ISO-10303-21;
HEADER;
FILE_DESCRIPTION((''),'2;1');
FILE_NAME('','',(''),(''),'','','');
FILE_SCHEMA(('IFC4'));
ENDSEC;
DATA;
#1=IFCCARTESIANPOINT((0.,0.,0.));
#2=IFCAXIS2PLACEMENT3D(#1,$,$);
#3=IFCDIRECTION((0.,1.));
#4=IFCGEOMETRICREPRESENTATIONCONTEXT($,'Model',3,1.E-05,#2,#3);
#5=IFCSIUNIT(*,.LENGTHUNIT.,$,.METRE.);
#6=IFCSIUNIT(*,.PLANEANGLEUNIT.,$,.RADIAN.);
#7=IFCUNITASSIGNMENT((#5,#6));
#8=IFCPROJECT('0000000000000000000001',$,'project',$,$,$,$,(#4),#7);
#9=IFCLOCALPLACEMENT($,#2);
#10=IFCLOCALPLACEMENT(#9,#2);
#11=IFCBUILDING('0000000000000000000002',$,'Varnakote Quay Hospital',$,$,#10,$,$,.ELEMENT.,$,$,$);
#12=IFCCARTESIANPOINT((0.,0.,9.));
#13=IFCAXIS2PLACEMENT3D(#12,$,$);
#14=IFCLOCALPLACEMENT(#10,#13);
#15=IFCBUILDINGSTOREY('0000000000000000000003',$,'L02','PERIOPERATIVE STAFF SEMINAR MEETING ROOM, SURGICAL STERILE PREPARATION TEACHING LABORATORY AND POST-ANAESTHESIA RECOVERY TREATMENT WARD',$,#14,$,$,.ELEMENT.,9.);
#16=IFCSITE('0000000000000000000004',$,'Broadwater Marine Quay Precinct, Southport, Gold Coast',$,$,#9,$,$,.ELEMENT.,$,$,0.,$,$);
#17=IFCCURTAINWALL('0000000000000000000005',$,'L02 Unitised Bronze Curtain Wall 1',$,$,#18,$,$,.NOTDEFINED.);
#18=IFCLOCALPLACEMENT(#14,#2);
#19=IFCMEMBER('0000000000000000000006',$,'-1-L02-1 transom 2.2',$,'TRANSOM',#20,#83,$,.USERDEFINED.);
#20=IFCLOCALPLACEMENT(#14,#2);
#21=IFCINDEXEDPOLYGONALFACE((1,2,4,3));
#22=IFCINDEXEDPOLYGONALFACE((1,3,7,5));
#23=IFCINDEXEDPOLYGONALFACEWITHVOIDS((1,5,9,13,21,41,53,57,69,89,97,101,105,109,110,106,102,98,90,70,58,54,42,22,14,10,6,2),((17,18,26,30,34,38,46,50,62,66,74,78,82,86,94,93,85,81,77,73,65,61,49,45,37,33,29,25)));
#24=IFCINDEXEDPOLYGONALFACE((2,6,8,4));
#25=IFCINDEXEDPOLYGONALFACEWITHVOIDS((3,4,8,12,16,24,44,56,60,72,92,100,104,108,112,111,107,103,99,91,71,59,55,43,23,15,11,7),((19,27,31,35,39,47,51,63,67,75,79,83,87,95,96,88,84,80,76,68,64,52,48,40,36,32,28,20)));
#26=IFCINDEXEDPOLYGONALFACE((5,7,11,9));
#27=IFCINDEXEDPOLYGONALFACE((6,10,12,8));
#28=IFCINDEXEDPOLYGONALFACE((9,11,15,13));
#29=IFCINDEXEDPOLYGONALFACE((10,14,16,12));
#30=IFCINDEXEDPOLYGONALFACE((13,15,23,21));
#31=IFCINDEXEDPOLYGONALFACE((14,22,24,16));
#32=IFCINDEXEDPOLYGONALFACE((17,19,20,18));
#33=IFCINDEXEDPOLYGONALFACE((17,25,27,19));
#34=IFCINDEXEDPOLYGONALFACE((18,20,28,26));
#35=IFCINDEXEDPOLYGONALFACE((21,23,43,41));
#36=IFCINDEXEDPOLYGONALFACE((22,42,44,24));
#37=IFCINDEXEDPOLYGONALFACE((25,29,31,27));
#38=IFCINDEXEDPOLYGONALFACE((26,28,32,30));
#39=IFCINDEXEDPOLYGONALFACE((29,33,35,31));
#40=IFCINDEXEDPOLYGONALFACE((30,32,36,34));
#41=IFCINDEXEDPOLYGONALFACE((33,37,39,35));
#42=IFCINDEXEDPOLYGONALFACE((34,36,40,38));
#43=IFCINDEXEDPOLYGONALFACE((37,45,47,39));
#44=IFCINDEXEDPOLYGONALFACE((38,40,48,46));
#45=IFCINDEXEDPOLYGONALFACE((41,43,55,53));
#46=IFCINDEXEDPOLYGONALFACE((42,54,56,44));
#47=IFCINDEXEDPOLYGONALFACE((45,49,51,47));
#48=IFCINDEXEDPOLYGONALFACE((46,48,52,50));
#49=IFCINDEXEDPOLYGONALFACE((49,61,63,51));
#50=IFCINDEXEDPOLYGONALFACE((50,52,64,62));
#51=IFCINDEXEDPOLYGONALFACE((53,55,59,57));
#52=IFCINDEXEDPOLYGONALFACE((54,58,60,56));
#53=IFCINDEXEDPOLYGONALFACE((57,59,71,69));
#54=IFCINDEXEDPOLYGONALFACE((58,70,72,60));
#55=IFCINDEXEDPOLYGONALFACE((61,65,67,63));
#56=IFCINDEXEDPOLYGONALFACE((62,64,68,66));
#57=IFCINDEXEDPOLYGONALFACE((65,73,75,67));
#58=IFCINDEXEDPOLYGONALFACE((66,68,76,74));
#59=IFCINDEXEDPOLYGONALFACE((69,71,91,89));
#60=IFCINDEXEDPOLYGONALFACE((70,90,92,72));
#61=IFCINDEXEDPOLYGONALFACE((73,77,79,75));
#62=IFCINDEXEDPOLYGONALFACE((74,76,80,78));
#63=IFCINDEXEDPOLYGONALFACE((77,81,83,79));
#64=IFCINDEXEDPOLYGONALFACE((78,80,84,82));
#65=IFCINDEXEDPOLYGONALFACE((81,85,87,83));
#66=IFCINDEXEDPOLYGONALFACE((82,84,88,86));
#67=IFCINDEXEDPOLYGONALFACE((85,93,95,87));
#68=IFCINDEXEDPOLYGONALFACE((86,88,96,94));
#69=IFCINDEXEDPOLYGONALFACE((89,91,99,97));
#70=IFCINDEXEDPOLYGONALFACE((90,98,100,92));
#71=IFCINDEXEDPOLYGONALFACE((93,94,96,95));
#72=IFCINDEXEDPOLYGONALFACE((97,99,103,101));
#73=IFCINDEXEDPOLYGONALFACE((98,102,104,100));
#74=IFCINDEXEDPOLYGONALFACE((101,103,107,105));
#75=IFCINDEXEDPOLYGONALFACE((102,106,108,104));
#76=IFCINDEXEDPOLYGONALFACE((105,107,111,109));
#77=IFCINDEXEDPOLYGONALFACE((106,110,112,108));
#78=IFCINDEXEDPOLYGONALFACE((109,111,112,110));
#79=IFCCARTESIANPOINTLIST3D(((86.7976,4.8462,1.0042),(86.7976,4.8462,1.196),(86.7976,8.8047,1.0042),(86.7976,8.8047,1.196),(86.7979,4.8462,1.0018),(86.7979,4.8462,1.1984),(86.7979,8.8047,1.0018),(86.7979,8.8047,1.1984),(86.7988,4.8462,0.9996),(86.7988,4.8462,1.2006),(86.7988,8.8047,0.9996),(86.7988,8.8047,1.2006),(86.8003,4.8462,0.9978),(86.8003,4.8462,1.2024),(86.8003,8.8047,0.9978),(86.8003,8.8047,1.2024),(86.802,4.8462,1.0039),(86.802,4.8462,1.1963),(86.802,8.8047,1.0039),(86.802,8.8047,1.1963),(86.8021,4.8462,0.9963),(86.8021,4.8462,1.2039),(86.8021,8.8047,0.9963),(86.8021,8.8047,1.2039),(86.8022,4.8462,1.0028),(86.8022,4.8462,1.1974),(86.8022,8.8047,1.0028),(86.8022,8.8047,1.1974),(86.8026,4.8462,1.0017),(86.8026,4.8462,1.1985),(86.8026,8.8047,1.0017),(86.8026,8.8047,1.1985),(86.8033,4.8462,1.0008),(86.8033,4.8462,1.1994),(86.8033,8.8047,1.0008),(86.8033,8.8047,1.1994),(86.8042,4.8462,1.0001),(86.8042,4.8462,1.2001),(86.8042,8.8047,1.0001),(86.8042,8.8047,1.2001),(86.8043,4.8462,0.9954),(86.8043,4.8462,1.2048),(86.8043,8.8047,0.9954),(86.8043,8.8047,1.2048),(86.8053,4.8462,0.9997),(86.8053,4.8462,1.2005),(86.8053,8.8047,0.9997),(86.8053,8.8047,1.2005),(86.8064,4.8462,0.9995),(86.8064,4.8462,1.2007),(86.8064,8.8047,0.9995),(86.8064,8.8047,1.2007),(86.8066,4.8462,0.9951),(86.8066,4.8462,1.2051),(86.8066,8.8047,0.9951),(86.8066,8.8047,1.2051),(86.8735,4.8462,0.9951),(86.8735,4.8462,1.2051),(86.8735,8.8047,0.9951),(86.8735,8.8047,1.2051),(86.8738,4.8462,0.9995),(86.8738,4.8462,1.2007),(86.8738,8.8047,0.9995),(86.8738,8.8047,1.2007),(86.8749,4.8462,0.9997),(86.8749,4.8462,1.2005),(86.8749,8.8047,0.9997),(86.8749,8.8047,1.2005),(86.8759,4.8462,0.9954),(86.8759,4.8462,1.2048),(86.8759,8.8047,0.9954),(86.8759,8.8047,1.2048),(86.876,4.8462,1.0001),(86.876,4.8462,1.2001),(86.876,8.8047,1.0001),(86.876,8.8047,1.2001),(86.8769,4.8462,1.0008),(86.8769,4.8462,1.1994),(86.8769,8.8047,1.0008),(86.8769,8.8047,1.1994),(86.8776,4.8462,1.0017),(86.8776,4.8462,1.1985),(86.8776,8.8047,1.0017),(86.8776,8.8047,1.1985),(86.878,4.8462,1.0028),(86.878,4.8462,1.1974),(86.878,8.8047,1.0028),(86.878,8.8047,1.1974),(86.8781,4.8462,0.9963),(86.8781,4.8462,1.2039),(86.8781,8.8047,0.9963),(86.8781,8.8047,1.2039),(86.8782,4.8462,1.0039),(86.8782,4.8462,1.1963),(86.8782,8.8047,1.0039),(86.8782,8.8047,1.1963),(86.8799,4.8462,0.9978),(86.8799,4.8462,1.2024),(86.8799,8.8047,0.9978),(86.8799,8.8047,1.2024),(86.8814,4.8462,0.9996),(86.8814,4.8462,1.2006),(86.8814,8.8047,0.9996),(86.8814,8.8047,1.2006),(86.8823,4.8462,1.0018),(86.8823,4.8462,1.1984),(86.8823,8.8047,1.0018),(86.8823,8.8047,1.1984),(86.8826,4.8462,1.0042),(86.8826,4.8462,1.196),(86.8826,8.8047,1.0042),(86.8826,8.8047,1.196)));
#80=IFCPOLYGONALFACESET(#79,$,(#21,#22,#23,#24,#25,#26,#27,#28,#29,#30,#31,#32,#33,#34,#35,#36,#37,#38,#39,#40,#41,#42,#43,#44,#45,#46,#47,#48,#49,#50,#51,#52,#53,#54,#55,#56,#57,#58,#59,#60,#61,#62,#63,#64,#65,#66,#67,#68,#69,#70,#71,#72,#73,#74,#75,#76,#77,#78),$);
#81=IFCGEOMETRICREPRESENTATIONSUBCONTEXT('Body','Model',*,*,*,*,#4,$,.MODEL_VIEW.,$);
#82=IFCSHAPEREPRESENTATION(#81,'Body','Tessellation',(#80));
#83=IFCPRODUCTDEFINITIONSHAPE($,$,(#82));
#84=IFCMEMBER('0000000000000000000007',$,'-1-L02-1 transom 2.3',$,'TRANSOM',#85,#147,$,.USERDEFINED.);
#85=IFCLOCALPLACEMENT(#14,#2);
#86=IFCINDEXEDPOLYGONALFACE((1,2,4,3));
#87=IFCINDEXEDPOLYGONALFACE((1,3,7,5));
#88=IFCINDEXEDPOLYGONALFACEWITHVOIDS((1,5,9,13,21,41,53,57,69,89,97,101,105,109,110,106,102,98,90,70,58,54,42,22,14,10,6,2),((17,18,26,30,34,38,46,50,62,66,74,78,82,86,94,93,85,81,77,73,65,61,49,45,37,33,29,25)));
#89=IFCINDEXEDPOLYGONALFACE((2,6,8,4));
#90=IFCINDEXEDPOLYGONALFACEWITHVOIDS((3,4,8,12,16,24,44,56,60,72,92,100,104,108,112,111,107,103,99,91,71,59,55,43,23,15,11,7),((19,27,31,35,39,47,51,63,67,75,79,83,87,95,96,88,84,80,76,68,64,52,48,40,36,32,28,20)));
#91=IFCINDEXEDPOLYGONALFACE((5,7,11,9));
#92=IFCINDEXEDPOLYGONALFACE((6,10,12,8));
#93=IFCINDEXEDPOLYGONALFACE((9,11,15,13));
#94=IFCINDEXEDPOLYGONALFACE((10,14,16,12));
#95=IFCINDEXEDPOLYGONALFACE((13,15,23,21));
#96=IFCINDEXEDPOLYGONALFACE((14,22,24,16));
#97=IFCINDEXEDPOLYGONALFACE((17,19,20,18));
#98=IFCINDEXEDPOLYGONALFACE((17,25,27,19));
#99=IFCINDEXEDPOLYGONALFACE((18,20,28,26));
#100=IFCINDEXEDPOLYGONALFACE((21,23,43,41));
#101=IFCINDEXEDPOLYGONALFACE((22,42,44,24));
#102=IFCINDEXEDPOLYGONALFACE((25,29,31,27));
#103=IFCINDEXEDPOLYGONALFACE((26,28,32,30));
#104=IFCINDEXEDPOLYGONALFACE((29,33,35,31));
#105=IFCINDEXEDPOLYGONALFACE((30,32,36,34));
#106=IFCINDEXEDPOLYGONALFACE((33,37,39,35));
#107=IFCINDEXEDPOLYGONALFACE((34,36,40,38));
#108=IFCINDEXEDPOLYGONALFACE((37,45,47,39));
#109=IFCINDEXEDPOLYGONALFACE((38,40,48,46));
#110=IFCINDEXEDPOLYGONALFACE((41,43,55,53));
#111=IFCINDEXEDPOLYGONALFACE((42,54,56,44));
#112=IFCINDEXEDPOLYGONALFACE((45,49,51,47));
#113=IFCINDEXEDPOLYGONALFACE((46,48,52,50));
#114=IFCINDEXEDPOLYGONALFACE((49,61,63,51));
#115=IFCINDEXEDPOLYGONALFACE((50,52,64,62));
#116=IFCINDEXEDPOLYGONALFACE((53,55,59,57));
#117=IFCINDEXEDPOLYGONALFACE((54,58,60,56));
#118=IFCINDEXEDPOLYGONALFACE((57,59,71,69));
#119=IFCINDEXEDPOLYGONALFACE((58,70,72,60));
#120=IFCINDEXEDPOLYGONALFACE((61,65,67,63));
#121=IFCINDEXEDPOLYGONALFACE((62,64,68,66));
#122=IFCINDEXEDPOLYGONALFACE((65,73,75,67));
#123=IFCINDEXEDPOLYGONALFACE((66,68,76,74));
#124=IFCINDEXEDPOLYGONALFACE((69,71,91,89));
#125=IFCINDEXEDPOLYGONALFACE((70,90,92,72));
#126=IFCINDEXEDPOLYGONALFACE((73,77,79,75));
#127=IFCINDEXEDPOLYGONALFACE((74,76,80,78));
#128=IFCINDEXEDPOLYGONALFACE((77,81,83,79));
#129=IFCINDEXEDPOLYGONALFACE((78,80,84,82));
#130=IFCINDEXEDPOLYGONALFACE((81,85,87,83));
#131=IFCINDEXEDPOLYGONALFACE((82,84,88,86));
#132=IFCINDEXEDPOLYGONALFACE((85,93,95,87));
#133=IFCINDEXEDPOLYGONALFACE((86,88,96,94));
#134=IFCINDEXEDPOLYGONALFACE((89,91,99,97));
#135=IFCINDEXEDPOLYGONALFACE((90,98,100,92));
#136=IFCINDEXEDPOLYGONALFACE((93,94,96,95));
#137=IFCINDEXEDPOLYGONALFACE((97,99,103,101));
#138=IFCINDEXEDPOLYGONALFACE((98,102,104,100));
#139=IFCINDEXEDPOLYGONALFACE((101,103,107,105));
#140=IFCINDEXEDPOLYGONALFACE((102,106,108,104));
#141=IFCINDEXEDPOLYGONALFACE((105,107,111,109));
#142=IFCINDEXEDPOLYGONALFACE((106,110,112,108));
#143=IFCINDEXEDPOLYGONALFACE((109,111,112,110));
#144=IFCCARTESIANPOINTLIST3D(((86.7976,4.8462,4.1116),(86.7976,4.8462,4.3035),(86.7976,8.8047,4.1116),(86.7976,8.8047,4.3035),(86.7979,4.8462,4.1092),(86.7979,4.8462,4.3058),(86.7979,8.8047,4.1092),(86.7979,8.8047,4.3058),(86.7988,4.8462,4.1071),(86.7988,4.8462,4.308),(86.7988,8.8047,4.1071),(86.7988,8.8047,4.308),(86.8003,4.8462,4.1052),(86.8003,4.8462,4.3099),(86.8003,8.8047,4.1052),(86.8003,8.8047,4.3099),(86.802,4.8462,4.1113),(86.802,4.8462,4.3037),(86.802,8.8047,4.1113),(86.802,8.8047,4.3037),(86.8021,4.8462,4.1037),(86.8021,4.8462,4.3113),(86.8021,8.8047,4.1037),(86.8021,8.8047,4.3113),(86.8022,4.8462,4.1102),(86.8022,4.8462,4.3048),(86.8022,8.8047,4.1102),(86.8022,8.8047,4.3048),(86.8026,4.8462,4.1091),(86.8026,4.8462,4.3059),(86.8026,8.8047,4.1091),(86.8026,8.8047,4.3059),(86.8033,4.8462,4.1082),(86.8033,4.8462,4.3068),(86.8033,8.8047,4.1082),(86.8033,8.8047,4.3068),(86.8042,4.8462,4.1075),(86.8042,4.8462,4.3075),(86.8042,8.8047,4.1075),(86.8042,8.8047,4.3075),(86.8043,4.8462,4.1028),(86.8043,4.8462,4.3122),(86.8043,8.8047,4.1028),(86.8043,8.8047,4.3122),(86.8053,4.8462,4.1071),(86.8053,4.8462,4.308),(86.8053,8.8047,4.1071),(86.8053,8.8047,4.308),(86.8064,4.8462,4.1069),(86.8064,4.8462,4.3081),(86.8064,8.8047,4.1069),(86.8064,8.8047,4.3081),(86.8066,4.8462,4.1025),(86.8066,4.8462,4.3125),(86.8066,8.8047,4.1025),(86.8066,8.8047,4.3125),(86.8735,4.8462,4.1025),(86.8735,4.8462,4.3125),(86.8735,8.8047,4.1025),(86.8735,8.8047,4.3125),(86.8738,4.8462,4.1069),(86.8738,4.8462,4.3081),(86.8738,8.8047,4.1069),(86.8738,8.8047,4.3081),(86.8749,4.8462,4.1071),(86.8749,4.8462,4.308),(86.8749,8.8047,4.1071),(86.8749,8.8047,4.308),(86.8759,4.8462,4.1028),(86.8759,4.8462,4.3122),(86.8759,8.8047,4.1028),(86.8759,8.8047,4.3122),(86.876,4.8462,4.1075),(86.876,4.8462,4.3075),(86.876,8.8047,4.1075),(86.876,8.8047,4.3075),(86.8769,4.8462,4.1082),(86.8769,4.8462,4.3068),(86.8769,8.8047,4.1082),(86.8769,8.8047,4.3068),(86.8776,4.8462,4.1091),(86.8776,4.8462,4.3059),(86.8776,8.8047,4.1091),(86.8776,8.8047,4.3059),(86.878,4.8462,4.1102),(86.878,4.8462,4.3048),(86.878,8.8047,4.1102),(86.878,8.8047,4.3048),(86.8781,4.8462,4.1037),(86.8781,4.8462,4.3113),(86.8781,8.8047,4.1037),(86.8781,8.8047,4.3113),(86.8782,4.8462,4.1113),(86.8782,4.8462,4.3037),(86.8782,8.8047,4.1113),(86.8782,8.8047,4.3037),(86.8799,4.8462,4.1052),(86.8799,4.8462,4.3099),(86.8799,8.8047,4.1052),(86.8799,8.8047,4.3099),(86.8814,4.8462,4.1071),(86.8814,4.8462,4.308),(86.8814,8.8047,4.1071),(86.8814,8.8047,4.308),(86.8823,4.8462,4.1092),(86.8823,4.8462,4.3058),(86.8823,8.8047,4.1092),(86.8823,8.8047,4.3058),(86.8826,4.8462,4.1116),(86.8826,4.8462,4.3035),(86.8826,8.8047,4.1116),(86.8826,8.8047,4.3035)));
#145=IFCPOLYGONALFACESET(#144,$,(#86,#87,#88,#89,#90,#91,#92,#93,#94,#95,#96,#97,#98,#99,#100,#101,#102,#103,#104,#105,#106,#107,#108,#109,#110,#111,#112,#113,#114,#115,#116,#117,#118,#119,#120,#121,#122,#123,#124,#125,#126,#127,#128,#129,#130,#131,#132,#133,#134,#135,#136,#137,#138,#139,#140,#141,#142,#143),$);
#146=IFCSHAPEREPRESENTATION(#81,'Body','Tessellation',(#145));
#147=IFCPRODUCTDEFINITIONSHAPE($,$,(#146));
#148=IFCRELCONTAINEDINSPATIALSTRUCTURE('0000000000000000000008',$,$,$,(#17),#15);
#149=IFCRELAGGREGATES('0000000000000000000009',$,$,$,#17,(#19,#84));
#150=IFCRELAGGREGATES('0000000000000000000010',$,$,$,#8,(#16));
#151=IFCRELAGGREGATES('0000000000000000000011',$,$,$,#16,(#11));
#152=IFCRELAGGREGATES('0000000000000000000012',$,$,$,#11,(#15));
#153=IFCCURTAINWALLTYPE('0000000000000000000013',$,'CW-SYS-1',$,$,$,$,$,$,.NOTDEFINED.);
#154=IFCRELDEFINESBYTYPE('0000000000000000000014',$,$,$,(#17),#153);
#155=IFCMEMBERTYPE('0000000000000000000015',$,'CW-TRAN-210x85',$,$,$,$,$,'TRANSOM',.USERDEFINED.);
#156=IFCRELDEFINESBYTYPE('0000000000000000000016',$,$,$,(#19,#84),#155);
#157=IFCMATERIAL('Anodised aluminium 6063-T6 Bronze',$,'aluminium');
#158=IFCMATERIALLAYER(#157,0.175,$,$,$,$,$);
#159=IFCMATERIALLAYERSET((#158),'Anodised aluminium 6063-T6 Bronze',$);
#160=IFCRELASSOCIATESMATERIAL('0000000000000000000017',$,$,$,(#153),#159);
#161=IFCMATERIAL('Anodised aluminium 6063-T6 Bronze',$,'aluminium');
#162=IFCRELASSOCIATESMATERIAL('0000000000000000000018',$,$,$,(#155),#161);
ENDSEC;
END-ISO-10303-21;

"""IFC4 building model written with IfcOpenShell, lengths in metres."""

from ifc_helpers import new_model, si_unit, direction, frame, origin, origin_2d, place, context, subcontext, project, spatial, hollow_rectangle, extrude, material, layer, layer_set, material_profile, profile_set, type_object, element, aggregate, save


model = new_model("IFC4")

# Units and contexts
model_context = context("Model", 3, precision=1e-05, world=origin(), true_north=direction((0.0, 1.0)))
body_context = subcontext(model_context, "Body", "Model", "MODEL_VIEW")
ifc_project = project(units=[si_unit("LENGTHUNIT", "METRE"), si_unit("PLANEANGLEUNIT", "RADIAN")], contexts=[model_context])

# Site, building, storey
site_placement = place(None, origin())
site = spatial("IfcSite", under=ifc_project, at=site_placement, Name="Broadwater Marine Quay Precinct, Southport, Gold Coast", CompositionType="ELEMENT", RefElevation=0.0)
building_placement = place(site_placement, origin())
building = spatial("IfcBuilding", under=site, at=building_placement, Name="Varnakote Quay Hospital", CompositionType="ELEMENT")
storey_placement = place(building_placement, frame((0.0, 0.0, 9.0)))
storey = spatial("IfcBuildingStorey", under=building, at=storey_placement, Name="L02", Description="PERIOPERATIVE STAFF SEMINAR MEETING ROOM, SURGICAL STERILE PREPARATION TEACHING LABORATORY AND POST-ANAESTHESIA RECOVERY TREATMENT WARD", CompositionType="ELEMENT", Elevation=9.0)

# Curtain wall, members
ifc_material_1 = material(Name="Anodised aluminium 6063-T6 Bronze", Category="aluminium")
ifc_layer_1 = layer(ifc_material_1, 0.175)
ifc_layer_set_1 = layer_set([ifc_layer_1], Name="Anodised aluminium 6063-T6 Bronze")
curtain_wall_type = type_object("IfcCurtainWallType", Name="CW-SYS-1", PredefinedType="NOTDEFINED", material=ifc_layer_set_1)
curtain_wall_placement = place(storey_placement, origin())
curtain_wall = element("IfcCurtainWall", 1, at=curtain_wall_placement, inside=storey, type_object=curtain_wall_type, Name="L02 Unitised Bronze Curtain Wall 1", PredefinedType="NOTDEFINED")
ifc_material_2 = material(Name="Anodised aluminium 6063-T6 Bronze", Category="aluminium")
ifc_material_profile_1 = material_profile(ifc_material_2, hollow_rectangle(XDim=0.085, YDim=0.21, WallThickness=0.0044, InnerFilletRadius=0.0044, OuterFilletRadius=0.009, at=origin_2d()), Name="CW-TRAN-210x85")
ifc_profile_set_1 = profile_set([ifc_material_profile_1], Name="Anodised aluminium 6063-T6 Bronze")
member_type_1 = type_object("IfcMemberType", Name="CW-TRAN-210x85", ElementType="TRANSOM", PredefinedType="USERDEFINED", material=ifc_profile_set_1)
member_1_placement = place(storey_placement, frame((86.8401, 4.8462, 1.1001), z_axis=(0.0, 1.0, 0.0), x_axis=(-1.0, 0.0, 0.0)))
member_1 = element("IfcMember", 2, at=member_1_placement, type_object=member_type_1, Name="-1-L02-1 transom 2.2", ObjectType="TRANSOM", PredefinedType="USERDEFINED", context=body_context, shape_type="SweptSolid", body=[
    extrude(hollow_rectangle(XDim=0.085, YDim=0.21, WallThickness=0.0044, InnerFilletRadius=0.0044, OuterFilletRadius=0.009, at=origin_2d()), origin(), (0.0, 0.0, 1.0), 3.9585),
])
member_2_placement = place(storey_placement, frame((86.8401, 4.8462, 4.2075), z_axis=(0.0, 1.0, 0.0), x_axis=(-1.0, 0.0, 0.0)))
member_2 = element("IfcMember", 3, at=member_2_placement, type_object=member_type_1, Name="-1-L02-1 transom 2.3", ObjectType="TRANSOM", PredefinedType="USERDEFINED", context=body_context, shape_type="SweptSolid", body=[
    extrude(hollow_rectangle(XDim=0.085, YDim=0.21, WallThickness=0.0044, InnerFilletRadius=0.0044, OuterFilletRadius=0.009, at=origin_2d()), origin(), (0.0, 0.0, 1.0), 3.9585),
])
aggregate(curtain_wall, [member_1, member_2])

save(model, "model.ifc")
